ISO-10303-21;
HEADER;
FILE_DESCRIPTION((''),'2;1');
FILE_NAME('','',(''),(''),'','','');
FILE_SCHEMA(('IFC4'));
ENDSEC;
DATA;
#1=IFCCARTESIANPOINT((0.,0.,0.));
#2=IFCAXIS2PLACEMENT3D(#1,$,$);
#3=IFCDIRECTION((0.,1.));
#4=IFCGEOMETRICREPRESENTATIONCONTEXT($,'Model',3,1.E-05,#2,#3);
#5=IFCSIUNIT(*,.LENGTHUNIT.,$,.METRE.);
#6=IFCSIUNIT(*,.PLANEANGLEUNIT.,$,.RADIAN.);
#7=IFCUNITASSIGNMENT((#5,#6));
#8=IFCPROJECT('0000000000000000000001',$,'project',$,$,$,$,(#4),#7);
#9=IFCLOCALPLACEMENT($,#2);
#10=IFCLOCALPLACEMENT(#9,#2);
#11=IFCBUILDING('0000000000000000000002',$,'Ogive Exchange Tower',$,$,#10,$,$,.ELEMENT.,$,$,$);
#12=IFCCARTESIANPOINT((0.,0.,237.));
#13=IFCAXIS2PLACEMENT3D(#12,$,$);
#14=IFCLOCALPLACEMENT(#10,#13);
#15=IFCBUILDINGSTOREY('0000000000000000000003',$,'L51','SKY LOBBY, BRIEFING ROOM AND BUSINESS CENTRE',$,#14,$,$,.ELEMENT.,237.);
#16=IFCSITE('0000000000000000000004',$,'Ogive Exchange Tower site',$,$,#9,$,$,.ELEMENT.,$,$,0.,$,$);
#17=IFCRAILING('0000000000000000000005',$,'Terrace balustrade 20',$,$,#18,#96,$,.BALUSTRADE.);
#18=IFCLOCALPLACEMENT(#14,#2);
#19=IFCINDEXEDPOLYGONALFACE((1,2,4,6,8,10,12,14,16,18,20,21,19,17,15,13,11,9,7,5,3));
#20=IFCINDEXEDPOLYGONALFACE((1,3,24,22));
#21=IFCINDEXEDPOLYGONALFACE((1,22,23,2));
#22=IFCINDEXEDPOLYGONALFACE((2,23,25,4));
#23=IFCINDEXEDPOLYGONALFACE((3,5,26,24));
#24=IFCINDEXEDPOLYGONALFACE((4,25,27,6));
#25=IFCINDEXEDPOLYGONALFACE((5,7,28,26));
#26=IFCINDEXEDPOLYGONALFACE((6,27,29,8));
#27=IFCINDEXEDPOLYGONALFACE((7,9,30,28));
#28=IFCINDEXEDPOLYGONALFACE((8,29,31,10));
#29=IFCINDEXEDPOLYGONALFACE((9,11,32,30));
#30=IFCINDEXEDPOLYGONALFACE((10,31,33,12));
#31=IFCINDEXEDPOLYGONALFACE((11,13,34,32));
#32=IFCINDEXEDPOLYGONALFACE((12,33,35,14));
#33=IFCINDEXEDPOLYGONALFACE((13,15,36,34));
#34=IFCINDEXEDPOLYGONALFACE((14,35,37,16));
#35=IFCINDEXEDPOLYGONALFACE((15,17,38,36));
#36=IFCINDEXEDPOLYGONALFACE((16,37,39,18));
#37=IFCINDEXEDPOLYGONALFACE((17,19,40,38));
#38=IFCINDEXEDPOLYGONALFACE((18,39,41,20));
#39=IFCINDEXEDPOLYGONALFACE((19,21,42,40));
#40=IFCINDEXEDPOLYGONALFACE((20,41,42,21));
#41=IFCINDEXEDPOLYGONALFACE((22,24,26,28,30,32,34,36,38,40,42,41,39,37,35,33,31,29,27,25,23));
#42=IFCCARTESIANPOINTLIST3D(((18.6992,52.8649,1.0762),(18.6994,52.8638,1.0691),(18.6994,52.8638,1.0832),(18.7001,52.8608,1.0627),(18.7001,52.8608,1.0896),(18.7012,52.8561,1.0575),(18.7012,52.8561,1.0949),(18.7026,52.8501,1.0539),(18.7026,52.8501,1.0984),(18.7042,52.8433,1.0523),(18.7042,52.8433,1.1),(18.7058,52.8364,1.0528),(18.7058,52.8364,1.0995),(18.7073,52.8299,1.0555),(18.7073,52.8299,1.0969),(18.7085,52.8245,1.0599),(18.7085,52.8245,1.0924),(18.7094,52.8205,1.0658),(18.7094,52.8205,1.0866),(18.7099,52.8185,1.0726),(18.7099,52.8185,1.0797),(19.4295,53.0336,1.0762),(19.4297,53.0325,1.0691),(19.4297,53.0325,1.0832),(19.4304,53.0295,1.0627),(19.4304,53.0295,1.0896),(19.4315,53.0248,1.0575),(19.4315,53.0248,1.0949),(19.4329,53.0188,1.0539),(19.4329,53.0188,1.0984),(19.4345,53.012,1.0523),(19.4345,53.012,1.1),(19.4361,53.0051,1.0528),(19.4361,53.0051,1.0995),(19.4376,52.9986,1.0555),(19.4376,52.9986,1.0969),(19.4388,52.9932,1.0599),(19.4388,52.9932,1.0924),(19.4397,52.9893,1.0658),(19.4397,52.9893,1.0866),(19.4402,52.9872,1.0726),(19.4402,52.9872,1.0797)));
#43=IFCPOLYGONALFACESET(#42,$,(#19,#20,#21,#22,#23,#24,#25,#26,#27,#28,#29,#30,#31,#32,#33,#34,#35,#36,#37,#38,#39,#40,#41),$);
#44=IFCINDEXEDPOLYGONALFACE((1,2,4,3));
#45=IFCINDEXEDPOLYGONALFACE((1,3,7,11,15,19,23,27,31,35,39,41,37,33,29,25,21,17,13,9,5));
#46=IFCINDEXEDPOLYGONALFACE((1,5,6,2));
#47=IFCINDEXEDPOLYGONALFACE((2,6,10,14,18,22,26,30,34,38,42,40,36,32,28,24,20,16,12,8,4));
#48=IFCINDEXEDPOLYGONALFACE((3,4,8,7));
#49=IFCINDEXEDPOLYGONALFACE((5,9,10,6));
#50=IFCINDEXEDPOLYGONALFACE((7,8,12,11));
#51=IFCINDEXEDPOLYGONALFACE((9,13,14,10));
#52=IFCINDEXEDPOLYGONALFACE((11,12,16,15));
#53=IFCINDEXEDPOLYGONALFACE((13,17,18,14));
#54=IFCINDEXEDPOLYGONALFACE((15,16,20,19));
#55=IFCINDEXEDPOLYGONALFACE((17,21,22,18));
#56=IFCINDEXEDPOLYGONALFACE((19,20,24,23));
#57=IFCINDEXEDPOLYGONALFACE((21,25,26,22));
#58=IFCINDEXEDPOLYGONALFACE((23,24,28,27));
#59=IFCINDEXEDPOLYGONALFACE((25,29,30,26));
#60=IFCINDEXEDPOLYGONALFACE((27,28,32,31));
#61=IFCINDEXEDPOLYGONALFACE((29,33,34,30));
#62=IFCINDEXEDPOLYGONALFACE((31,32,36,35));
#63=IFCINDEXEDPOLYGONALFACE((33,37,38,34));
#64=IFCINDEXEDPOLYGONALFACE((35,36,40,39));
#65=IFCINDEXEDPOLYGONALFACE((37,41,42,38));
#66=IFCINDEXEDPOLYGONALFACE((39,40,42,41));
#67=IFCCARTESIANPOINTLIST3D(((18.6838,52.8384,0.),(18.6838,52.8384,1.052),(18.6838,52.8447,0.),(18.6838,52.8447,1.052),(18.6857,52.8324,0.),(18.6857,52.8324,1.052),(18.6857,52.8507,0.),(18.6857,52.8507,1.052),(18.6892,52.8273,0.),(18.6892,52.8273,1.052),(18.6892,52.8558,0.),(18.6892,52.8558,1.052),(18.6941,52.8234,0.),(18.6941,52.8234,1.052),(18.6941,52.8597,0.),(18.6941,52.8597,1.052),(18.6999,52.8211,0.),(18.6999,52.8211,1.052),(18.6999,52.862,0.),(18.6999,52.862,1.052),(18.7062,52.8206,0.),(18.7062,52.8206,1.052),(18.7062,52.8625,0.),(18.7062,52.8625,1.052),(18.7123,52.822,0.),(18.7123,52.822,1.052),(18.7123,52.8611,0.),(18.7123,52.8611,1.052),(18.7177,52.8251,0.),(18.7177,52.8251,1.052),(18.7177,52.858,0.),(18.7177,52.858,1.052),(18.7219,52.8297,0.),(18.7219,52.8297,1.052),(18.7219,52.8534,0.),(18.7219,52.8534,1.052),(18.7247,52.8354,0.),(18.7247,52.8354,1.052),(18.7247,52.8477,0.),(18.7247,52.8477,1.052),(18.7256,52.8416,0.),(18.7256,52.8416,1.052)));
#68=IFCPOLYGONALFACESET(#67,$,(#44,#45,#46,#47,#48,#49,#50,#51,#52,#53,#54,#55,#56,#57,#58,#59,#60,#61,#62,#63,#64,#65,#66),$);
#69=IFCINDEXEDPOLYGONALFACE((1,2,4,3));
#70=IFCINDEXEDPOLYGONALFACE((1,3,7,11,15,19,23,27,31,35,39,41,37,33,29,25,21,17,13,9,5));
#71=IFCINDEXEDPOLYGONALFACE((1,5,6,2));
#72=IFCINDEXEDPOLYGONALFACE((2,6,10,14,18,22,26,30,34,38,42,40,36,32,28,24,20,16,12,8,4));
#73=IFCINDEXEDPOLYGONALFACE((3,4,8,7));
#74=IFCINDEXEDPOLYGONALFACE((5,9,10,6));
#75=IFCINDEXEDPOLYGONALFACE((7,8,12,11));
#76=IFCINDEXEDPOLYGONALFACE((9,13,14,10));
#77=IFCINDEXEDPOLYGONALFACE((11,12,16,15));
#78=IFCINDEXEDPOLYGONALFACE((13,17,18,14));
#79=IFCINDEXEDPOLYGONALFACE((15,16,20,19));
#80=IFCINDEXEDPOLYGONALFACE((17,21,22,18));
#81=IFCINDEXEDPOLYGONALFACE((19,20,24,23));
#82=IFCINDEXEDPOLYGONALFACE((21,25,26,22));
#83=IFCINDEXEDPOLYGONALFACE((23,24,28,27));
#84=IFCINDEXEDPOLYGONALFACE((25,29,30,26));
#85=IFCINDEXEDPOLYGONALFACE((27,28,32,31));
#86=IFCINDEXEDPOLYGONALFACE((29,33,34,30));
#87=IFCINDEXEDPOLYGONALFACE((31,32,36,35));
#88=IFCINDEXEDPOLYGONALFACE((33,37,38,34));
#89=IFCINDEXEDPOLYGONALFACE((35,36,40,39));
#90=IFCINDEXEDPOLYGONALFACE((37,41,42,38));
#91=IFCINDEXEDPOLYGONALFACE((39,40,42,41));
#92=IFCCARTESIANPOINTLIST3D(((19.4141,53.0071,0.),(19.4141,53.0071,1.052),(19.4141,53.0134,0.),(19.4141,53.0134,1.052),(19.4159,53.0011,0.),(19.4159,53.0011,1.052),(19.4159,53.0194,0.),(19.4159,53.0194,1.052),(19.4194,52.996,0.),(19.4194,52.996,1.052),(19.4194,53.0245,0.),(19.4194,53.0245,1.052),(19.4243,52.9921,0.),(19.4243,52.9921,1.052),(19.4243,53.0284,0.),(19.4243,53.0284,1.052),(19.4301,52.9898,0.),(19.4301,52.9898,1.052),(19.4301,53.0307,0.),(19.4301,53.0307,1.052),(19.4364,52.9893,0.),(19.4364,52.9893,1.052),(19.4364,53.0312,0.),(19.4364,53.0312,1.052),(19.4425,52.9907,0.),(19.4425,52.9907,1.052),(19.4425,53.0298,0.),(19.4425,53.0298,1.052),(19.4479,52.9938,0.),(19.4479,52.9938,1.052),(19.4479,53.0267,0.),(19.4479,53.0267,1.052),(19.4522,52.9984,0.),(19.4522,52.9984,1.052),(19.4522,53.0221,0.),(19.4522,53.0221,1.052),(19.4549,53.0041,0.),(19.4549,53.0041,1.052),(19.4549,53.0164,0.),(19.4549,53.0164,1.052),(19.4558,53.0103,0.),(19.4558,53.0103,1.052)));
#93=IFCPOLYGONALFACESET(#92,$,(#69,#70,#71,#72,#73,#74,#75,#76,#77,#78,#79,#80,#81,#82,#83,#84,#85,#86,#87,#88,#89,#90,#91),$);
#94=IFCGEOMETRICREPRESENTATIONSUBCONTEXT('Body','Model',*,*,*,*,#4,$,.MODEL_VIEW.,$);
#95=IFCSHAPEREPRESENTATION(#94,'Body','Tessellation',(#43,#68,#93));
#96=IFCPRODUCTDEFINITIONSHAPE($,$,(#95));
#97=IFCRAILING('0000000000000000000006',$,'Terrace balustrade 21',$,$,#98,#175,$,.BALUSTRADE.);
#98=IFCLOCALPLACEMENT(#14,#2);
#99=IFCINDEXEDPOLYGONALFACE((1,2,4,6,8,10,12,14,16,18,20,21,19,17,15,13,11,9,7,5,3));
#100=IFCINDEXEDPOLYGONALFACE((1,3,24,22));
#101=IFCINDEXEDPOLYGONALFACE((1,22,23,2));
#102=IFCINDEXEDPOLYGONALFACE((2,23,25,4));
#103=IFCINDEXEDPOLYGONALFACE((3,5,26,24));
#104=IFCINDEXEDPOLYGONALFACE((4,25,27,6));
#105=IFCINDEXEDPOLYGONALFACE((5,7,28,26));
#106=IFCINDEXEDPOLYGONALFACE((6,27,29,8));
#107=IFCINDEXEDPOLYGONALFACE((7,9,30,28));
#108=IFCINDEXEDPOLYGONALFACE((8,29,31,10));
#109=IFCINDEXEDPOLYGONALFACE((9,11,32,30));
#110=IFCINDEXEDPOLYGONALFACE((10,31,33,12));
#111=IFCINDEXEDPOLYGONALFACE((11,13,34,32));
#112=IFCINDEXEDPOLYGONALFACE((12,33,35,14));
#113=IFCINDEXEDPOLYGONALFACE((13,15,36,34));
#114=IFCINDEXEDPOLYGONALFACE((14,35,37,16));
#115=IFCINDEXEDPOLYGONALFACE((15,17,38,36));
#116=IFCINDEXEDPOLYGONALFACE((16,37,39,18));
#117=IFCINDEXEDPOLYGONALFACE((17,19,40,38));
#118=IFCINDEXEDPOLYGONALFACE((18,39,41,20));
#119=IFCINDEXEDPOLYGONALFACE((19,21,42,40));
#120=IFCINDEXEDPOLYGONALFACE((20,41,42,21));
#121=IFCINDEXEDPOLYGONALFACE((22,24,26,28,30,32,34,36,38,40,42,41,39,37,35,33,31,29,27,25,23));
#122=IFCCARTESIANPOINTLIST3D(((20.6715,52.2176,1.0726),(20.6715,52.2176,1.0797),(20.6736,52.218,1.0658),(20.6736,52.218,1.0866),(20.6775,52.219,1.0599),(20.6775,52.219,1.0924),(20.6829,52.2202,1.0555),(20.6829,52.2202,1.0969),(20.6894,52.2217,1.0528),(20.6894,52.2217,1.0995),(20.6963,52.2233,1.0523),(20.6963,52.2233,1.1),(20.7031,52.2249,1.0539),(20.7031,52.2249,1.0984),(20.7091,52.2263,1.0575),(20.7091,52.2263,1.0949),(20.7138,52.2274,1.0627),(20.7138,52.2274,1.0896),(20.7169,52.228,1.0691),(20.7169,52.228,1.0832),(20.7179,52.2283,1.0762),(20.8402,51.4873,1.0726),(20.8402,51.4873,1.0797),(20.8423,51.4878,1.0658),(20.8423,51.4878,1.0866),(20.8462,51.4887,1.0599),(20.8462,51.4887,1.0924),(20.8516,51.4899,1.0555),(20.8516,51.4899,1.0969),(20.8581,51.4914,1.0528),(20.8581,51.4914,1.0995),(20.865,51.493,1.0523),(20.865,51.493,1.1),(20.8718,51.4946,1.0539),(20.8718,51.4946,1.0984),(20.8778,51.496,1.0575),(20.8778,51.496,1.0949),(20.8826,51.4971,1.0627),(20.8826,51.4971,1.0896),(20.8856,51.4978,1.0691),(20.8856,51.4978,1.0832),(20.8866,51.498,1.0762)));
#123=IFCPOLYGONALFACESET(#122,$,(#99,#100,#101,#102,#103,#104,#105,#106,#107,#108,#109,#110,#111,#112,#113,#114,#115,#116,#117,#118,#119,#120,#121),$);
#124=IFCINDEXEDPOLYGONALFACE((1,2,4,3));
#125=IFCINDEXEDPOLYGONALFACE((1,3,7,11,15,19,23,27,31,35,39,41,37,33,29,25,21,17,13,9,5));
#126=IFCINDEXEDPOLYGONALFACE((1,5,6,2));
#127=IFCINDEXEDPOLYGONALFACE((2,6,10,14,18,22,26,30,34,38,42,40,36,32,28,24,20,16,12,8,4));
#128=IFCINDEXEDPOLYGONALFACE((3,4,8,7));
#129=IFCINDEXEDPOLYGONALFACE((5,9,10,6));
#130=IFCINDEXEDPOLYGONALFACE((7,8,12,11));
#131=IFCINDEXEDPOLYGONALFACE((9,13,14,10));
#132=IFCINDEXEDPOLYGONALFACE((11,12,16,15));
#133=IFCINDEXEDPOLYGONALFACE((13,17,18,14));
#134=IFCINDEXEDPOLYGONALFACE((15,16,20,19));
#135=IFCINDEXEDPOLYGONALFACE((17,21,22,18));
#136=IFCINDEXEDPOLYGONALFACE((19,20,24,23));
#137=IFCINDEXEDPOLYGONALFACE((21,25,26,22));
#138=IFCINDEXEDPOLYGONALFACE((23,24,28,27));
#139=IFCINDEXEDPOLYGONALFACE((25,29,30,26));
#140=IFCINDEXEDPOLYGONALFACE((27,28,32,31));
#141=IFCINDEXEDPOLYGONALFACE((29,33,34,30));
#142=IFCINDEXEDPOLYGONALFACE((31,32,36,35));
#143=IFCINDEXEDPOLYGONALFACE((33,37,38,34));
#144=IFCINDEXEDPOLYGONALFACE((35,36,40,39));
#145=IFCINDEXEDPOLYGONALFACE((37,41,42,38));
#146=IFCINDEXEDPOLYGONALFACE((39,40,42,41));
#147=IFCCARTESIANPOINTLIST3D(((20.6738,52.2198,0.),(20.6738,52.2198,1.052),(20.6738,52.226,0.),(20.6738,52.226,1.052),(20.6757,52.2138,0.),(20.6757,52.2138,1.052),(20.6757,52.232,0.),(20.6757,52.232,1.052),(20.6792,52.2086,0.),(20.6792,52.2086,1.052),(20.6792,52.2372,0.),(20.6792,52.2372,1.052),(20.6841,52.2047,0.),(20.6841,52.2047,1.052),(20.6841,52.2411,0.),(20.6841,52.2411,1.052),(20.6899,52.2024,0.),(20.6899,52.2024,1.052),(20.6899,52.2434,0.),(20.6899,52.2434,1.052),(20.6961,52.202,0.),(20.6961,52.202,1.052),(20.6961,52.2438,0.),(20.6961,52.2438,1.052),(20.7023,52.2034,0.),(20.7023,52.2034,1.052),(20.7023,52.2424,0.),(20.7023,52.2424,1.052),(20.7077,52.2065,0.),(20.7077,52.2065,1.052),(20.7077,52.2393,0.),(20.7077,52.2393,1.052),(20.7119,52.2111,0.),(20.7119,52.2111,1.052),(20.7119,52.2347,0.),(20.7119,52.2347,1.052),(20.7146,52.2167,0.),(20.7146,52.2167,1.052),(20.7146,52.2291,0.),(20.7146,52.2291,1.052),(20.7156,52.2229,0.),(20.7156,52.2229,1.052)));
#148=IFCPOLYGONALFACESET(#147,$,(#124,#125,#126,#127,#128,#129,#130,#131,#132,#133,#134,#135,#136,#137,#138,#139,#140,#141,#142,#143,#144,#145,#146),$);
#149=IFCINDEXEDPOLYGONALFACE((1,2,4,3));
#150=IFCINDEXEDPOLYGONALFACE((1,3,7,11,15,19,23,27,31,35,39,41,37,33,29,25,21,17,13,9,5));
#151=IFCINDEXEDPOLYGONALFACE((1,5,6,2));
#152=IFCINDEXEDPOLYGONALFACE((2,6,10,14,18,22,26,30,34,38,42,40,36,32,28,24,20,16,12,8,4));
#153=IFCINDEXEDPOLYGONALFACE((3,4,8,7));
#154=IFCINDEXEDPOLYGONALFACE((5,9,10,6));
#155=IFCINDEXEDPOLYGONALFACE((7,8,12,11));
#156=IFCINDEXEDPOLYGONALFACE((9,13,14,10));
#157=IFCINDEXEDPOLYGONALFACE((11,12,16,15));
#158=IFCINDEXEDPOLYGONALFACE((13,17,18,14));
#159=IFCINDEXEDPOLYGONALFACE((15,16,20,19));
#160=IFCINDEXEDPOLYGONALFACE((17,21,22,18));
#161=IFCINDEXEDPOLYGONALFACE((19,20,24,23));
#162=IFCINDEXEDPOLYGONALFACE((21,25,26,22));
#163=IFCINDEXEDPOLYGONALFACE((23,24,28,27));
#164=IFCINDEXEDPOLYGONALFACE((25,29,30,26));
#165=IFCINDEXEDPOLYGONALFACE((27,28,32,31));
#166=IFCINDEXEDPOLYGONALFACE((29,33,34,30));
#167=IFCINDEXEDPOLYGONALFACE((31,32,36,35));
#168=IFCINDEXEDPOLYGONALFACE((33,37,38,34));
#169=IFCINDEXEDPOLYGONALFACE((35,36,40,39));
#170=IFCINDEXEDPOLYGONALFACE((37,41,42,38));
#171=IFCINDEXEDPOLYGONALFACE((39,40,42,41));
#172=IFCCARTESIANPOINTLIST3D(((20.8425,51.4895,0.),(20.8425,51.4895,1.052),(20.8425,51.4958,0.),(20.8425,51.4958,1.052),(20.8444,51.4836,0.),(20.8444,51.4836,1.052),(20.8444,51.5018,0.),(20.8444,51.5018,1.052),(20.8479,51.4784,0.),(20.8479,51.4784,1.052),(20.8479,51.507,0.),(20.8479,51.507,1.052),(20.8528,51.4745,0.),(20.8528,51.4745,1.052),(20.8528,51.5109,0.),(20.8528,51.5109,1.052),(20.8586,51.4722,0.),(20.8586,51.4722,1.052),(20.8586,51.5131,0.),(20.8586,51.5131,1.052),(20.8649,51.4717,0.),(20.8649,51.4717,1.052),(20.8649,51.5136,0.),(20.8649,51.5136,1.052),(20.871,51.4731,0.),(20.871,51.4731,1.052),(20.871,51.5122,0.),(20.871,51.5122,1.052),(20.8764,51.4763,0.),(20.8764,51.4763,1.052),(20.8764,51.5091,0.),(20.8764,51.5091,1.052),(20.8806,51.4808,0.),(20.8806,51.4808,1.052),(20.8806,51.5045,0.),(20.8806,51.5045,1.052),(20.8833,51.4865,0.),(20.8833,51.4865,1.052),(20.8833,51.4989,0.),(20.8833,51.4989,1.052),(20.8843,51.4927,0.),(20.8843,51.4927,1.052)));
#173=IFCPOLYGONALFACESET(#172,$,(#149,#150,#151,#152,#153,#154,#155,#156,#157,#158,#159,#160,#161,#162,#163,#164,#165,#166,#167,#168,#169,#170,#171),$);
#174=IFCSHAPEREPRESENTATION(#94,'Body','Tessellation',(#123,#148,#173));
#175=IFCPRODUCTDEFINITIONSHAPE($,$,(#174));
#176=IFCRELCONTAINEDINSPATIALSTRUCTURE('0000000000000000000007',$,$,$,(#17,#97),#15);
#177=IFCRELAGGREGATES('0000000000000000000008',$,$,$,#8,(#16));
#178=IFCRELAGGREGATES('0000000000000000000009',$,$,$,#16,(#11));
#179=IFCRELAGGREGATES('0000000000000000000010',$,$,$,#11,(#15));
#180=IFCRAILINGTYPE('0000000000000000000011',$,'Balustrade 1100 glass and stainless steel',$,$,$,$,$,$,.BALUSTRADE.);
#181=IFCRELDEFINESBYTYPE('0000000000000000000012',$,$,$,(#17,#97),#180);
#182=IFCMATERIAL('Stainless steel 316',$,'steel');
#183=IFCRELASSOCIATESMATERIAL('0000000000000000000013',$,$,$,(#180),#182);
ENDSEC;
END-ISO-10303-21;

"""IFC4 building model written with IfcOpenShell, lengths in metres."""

from ifc_helpers import new_model, si_unit, direction, frame, origin, origin_2d, place, context, subcontext, project, spatial, circle, extrude, material, type_object, element, save


model = new_model("IFC4")

# Units and contexts
model_context = context("Model", 3, precision=1e-05, world=origin(), true_north=direction((0.0, 1.0)))
body_context = subcontext(model_context, "Body", "Model", "MODEL_VIEW")
ifc_project = project(units=[si_unit("LENGTHUNIT", "METRE"), si_unit("PLANEANGLEUNIT", "RADIAN")], contexts=[model_context])

# Site, building, storey
site_placement = place(None, origin())
site = spatial("IfcSite", under=ifc_project, at=site_placement, Name="Ogive Exchange Tower site", CompositionType="ELEMENT", RefElevation=0.0)
building_placement = place(site_placement, origin())
building = spatial("IfcBuilding", under=site, at=building_placement, Name="Ogive Exchange Tower", CompositionType="ELEMENT")
storey_placement = place(building_placement, frame((0.0, 0.0, 237.0)))
storey = spatial("IfcBuildingStorey", under=building, at=storey_placement, Name="L51", Description="SKY LOBBY, BRIEFING ROOM AND BUSINESS CENTRE", CompositionType="ELEMENT", Elevation=237.0)

# Railings
ifc_material_1 = material(Name="Stainless steel 316", Category="steel")
railing_type = type_object("IfcRailingType", Name="Balustrade 1100 glass and stainless steel", PredefinedType="BALUSTRADE", material=ifc_material_1)
railing_1_placement = place(storey_placement, frame((18.7046, 52.8416, 0.0)))
element("IfcRailing", 1, at=railing_1_placement, inside=storey, type_object=railing_type, Name="Terrace balustrade 20", PredefinedType="BALUSTRADE", context=body_context, shape_type="SweptSolid", body=[
    extrude(circle(Radius=0.0239, at=origin_2d()), frame((0.0, 0.0, 1.0762), z_axis=(0.974336, 0.225097, 0.0), x_axis=(-0.225097, 0.974336, 0.0)), (0.0, 0.0, 1.0), 0.7495),
    extrude(circle(Radius=0.021, at=origin_2d()), origin(), (0.0, 0.0, 1.0), 1.052),
    extrude(circle(Radius=0.021, at=origin_2d()), frame((0.7302, 0.1687, 0.0)), (0.0, 0.0, 1.0), 1.052),
])
railing_2_placement = place(storey_placement, frame((20.6946, 52.2229, 0.0)))
element("IfcRailing", 2, at=railing_2_placement, inside=storey, type_object=railing_type, Name="Terrace balustrade 21", PredefinedType="BALUSTRADE", context=body_context, shape_type="SweptSolid", body=[
    extrude(circle(Radius=0.0239, at=origin_2d()), frame((0.0, 0.0, 1.0762), z_axis=(0.225097, -0.974336, 0.0), x_axis=(0.974336, 0.225097, 0.0)), (0.0, 0.0, 1.0), 0.7495),
    extrude(circle(Radius=0.021, at=origin_2d()), origin(), (0.0, 0.0, 1.0), 1.052),
    extrude(circle(Radius=0.021, at=origin_2d()), frame((0.1687, -0.7302, 0.0)), (0.0, 0.0, 1.0), 1.052),
])

save(model, "model.ifc")
